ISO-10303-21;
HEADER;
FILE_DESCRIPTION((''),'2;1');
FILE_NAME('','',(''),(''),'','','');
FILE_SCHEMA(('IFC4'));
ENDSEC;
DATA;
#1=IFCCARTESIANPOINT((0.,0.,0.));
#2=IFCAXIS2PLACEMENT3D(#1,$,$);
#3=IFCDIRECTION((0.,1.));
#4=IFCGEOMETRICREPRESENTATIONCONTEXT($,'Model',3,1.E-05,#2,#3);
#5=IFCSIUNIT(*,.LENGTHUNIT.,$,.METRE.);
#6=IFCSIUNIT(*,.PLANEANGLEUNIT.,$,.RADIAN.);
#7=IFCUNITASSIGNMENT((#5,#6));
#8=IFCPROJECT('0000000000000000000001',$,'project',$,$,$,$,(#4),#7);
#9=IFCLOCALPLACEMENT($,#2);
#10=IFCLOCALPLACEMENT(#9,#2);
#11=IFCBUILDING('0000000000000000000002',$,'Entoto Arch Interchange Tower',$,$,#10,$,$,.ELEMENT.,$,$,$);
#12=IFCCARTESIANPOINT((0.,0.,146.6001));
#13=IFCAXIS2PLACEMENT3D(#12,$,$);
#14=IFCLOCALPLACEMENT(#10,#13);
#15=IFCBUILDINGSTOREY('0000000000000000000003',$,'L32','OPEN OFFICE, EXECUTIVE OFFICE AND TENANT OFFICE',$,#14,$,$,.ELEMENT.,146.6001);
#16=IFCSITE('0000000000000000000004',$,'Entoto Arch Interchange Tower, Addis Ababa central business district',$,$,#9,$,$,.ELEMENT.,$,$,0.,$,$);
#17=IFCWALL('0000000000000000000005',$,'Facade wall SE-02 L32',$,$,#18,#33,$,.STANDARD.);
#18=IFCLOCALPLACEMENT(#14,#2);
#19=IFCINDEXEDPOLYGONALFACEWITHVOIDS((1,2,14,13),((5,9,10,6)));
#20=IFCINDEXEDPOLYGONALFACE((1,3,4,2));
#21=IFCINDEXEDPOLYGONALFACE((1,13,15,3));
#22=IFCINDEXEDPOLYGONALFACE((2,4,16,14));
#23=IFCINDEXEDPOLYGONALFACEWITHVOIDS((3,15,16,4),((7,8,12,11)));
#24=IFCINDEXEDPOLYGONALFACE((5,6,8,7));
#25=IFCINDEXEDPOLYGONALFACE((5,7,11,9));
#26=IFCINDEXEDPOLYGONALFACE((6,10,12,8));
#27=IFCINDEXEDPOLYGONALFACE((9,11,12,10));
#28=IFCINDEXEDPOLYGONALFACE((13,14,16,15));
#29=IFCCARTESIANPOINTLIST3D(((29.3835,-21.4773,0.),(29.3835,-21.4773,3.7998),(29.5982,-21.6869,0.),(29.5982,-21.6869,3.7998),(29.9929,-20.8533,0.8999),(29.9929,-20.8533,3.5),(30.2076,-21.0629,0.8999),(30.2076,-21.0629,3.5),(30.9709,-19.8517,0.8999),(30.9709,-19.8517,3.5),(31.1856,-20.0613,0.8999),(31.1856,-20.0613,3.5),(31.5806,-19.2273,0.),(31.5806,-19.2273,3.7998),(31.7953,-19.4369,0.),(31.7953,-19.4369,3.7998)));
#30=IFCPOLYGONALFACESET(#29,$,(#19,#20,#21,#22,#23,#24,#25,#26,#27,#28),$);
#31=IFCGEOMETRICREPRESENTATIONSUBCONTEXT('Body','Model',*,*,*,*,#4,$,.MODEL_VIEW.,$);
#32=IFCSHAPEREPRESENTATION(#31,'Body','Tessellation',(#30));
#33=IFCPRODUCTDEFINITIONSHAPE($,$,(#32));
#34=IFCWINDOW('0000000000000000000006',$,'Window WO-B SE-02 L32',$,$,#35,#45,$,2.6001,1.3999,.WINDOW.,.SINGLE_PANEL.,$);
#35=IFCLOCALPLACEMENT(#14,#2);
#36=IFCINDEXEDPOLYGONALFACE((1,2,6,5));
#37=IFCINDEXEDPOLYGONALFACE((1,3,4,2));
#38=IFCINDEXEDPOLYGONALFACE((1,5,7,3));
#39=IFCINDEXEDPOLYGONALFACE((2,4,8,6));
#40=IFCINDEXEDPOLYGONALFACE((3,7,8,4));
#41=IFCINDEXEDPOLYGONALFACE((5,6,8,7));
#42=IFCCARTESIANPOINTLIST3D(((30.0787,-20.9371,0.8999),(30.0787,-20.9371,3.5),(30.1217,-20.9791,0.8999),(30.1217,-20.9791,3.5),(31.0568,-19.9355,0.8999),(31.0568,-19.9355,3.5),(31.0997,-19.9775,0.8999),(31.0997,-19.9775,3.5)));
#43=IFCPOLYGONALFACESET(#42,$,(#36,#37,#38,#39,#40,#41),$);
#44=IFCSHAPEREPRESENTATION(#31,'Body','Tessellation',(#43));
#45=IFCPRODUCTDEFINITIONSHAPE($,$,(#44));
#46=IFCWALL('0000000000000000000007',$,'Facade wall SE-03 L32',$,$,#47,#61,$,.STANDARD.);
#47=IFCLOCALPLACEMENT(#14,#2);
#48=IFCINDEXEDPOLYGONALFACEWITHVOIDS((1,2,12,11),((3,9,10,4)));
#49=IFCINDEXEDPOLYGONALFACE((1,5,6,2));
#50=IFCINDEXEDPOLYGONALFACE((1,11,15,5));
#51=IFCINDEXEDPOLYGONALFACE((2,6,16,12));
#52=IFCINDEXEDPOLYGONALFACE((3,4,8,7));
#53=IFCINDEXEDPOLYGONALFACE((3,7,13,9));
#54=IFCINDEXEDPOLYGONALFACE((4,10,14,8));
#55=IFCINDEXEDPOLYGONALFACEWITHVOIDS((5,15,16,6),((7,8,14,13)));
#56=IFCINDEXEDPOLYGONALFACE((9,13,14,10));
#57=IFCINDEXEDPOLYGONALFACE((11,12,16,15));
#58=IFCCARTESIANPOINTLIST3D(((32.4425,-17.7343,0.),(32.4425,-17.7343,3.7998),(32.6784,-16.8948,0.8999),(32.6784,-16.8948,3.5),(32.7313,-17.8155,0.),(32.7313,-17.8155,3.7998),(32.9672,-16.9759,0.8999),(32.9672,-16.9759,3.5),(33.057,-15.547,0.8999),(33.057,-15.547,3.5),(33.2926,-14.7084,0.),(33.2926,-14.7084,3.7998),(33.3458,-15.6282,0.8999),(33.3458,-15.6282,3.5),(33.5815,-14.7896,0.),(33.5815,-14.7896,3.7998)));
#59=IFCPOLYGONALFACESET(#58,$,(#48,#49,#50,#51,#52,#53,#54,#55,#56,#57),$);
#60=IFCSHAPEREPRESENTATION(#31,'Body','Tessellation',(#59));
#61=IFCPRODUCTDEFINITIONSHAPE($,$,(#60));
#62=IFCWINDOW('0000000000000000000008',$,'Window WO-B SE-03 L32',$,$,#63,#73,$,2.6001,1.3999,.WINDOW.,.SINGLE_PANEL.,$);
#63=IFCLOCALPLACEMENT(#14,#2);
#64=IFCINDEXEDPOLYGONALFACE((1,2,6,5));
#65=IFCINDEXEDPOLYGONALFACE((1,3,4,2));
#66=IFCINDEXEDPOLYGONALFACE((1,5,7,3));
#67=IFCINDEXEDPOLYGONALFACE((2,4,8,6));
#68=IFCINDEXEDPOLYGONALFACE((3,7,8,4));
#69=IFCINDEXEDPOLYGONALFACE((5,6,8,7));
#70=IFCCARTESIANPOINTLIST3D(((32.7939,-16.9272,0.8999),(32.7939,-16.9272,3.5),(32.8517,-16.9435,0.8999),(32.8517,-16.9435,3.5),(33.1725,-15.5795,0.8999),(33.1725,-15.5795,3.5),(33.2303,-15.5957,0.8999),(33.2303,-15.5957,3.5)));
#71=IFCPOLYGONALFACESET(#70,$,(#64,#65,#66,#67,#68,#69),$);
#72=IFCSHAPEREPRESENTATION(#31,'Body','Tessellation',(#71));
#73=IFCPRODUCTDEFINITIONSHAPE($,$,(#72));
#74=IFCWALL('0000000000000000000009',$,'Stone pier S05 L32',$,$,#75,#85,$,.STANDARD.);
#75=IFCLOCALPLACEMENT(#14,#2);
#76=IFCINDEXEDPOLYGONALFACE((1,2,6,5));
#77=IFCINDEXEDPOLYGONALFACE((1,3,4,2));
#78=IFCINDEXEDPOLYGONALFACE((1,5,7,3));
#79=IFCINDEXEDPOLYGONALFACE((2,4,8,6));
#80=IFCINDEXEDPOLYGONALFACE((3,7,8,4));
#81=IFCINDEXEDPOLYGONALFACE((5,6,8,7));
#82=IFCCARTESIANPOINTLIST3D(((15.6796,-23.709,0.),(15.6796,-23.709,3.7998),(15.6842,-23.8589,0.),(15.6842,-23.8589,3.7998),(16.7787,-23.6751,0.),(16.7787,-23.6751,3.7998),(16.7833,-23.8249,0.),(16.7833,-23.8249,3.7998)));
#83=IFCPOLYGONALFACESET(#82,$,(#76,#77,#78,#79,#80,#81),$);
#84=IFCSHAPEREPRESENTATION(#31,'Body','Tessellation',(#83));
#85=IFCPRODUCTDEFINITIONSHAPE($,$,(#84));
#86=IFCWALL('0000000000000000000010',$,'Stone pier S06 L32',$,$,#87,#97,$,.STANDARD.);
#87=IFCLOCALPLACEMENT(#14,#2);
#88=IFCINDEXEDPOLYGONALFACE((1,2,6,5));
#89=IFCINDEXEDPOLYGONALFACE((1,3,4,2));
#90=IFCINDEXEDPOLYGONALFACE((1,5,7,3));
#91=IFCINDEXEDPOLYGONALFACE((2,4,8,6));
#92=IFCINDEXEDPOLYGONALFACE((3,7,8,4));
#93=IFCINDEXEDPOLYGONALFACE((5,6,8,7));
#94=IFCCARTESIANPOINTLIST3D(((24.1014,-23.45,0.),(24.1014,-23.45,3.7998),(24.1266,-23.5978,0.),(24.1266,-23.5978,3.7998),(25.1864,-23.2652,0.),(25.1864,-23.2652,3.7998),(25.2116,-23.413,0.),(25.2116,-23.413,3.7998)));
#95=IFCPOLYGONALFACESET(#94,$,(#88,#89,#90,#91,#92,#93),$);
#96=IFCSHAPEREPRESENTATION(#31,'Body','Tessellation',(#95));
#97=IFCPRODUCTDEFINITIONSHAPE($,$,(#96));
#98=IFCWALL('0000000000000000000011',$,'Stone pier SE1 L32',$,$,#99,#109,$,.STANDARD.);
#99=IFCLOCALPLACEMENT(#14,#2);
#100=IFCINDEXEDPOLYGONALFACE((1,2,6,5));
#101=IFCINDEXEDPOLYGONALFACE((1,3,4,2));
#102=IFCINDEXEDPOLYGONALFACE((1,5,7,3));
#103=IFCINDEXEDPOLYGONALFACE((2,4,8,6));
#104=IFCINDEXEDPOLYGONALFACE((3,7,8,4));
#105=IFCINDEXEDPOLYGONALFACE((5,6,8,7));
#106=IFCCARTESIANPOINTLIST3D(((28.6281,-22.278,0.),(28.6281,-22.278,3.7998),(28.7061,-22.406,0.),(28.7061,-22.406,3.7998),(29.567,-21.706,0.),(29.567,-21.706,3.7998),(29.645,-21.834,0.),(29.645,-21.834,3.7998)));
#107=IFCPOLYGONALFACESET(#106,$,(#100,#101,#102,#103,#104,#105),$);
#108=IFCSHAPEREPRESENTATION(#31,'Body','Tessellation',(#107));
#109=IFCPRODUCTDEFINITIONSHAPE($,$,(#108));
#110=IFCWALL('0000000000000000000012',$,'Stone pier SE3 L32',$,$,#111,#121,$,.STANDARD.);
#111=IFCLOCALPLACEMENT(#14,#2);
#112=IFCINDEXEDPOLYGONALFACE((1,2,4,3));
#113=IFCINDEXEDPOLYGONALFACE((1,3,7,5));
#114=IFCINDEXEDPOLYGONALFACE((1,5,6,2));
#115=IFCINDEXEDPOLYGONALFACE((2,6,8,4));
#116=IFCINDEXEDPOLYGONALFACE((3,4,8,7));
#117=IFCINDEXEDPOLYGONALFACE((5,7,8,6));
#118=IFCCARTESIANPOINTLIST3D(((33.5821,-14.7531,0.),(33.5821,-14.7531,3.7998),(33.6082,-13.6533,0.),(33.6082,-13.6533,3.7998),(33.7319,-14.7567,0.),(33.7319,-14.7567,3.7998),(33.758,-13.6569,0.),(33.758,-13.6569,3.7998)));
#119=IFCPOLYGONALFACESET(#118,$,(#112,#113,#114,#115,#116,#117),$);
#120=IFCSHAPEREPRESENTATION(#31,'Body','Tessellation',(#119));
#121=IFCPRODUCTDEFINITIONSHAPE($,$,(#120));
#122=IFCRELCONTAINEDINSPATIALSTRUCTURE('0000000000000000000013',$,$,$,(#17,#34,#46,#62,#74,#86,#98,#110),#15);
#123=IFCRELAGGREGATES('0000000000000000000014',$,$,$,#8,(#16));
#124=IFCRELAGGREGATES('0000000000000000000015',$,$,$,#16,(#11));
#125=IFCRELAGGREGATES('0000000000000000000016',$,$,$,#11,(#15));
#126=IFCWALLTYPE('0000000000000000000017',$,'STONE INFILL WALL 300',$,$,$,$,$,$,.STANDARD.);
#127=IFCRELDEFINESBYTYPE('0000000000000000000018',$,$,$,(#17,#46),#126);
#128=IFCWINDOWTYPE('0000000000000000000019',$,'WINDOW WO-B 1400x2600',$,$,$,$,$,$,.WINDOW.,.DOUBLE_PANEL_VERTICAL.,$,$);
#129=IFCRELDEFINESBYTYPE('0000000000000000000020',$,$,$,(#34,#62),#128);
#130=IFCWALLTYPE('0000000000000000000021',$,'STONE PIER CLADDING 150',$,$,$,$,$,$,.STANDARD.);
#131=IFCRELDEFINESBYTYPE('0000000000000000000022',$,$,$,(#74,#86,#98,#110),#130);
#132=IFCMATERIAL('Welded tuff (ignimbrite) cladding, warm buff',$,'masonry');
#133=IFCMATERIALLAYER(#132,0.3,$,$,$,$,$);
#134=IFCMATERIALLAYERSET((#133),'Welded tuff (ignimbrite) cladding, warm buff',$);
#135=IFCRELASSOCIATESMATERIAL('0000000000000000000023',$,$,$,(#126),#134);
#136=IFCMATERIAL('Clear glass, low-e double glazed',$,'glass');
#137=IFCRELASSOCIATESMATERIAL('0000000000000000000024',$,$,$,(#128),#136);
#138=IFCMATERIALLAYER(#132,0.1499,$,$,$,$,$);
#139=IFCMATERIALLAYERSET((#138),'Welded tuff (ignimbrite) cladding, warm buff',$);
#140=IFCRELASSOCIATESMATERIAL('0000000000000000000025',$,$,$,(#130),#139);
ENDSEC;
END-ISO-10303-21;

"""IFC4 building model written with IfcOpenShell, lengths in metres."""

from ifc_helpers import new_model, si_unit, direction, frame, frame_2d, origin, place, context, subcontext, project, spatial, rectangle, extrude, material, layer, layer_set, type_object, element, fill, save


model = new_model("IFC4")

# Units and contexts
model_context = context("Model", 3, precision=1e-05, world=origin(), true_north=direction((0.0, 1.0)))
body_context = subcontext(model_context, "Body", "Model", "MODEL_VIEW")
ifc_project = project(units=[si_unit("LENGTHUNIT", "METRE"), si_unit("PLANEANGLEUNIT", "RADIAN")], contexts=[model_context])

# Site, building, storey
site_placement = place(None, origin())
site = spatial("IfcSite", under=ifc_project, at=site_placement, Name="Entoto Arch Interchange Tower, Addis Ababa central business district", CompositionType="ELEMENT", RefElevation=0.0)
building_placement = place(site_placement, origin())
building = spatial("IfcBuilding", under=site, at=building_placement, Name="Entoto Arch Interchange Tower", CompositionType="ELEMENT")
storey_placement = place(building_placement, frame((0.0, 0.0, 146.6001)))
storey = spatial("IfcBuildingStorey", under=building, at=storey_placement, Name="L32", Description="OPEN OFFICE, EXECUTIVE OFFICE AND TENANT OFFICE", CompositionType="ELEMENT", Elevation=146.6001)

# Shared definitions
ifc_material_1 = material(Name="Welded tuff (ignimbrite) cladding, warm buff", Category="masonry")
ifc_layer_1 = layer(ifc_material_1, 0.3)
ifc_layer_set_1 = layer_set([ifc_layer_1], Name="Welded tuff (ignimbrite) cladding, warm buff")
wall_type_1 = type_object("IfcWallType", Name="STONE INFILL WALL 300", PredefinedType="STANDARD", material=ifc_layer_set_1)
ifc_material_2 = material(Name="Clear glass, low-e double glazed", Category="glass")

# Walls, openings, windows
window_type_1 = type_object("IfcWindowType", Name="WINDOW WO-B 1400x2600", PartitioningType="DOUBLE_PANEL_VERTICAL", PredefinedType="WINDOW", material=ifc_material_2)
wall_1_placement = place(storey_placement, frame((29.491, -21.582, 0.0), z_axis=(0.0, 0.0, 1.0), x_axis=(0.698633, 0.71548, 0.0)))
wall_1 = element("IfcWall", 1, at=wall_1_placement, inside=storey, type_object=wall_type_1, Name="Facade wall SE-02 L32", PredefinedType="STANDARD", context=body_context, shape_type="SweptSolid", body=[
    extrude(rectangle(XDim=3.1448, YDim=0.3, at=frame_2d((1.5723, 0.0))), origin(), (0.0, 0.0, 1.0), 3.7998),
])
opening_1_placement = place(wall_1_placement, frame((0.8721, 0.0, 0.8999)))
opening_1 = element("IfcOpeningElement", 2, at=opening_1_placement, cuts=wall_1, PredefinedType="OPENING", context=body_context, shape_type="SweptSolid", body=[
    extrude(rectangle(XDim=1.3999, YDim=2.6001, at=frame_2d((0.7, 1.3))), frame((0.0, 0.1602, 0.0), z_axis=(0.0, -1.0, 0.0), x_axis=(1.0, 0.0, 0.0)), (0.0, 0.0, 1.0), 0.3201),
])
window_1_placement = place(opening_1_placement, origin())
window_1 = element("IfcWindow", 3, at=window_1_placement, inside=storey, type_object=window_type_1, Name="Window WO-B SE-02 L32", OverallHeight=2.6001, OverallWidth=1.3999, PartitioningType="SINGLE_PANEL", PredefinedType="WINDOW", context=body_context, shape_type="SweptSolid", body=[
    extrude(rectangle(XDim=1.3999, YDim=2.6001, at=frame_2d((0.7, 1.3))), frame((0.0, 0.03, 0.0), z_axis=(0.0, -1.0, 0.0), x_axis=(1.0, 0.0, 0.0)), (0.0, 0.0, 1.0), 0.0601),
])
fill(opening_1, window_1)
wall_2_placement = place(storey_placement, frame((32.5869, -17.7749, 0.0), z_axis=(0.0, 0.0, 1.0), x_axis=(0.270471, 0.962728, 0.0)))
wall_2 = element("IfcWall", 4, at=wall_2_placement, inside=storey, type_object=wall_type_1, Name="Facade wall SE-03 L32", PredefinedType="STANDARD", context=body_context, shape_type="SweptSolid", body=[
    extrude(rectangle(XDim=3.1431, YDim=0.3, at=frame_2d((1.5715, 0.0))), origin(), (0.0, 0.0, 1.0), 3.7998),
])
opening_2_placement = place(wall_2_placement, frame((0.8721, 0.0, 0.8999)))
opening_2 = element("IfcOpeningElement", 5, at=opening_2_placement, cuts=wall_2, PredefinedType="OPENING", context=body_context, shape_type="SweptSolid", body=[
    extrude(rectangle(XDim=1.3999, YDim=2.6001, at=frame_2d((0.7, 1.3))), frame((0.0, 0.1602, 0.0), z_axis=(0.0, -1.0, 0.0), x_axis=(1.0, 0.0, 0.0)), (0.0, 0.0, 1.0), 0.3201),
])
window_2_placement = place(opening_2_placement, origin())
window_2 = element("IfcWindow", 6, at=window_2_placement, inside=storey, type_object=window_type_1, Name="Window WO-B SE-03 L32", OverallHeight=2.6001, OverallWidth=1.3999, PartitioningType="SINGLE_PANEL", PredefinedType="WINDOW", context=body_context, shape_type="SweptSolid", body=[
    extrude(rectangle(XDim=1.3999, YDim=2.6001, at=frame_2d((0.7, 1.3))), frame((0.0, 0.03, 0.0), z_axis=(0.0, -1.0, 0.0), x_axis=(1.0, 0.0, 0.0)), (0.0, 0.0, 1.0), 0.0601),
])
fill(opening_2, window_2)

# Walls
ifc_layer_2 = layer(ifc_material_1, 0.1499)
ifc_layer_set_2 = layer_set([ifc_layer_2], Name="Welded tuff (ignimbrite) cladding, warm buff")
wall_type_2 = type_object("IfcWallType", Name="STONE PIER CLADDING 150", PredefinedType="STANDARD", material=ifc_layer_set_2)
wall_3_placement = place(storey_placement, frame((15.6819, -23.7839, 0.0), z_axis=(0.0, 0.0, 1.0), x_axis=(0.999524, 0.03086, 0.0)))
element("IfcWall", 7, at=wall_3_placement, inside=storey, type_object=wall_type_2, Name="Stone pier S05 L32", PredefinedType="STANDARD", context=body_context, shape_type="SweptSolid", body=[
    extrude(rectangle(XDim=1.0996, YDim=0.1499, at=frame_2d((0.5498, 0.0))), origin(), (0.0, 0.0, 1.0), 3.7998),
])
wall_4_placement = place(storey_placement, frame((24.114, -23.5239, 0.0), z_axis=(0.0, 0.0, 1.0), x_axis=(0.9858, 0.167923, 0.0)))
element("IfcWall", 8, at=wall_4_placement, inside=storey, type_object=wall_type_2, Name="Stone pier S06 L32", PredefinedType="STANDARD", context=body_context, shape_type="SweptSolid", body=[
    extrude(rectangle(XDim=1.1006, YDim=0.1499, at=frame_2d((0.5503, 0.0))), origin(), (0.0, 0.0, 1.0), 3.7998),
])
wall_5_placement = place(storey_placement, frame((28.667, -22.342, 0.0), z_axis=(0.0, 0.0, 1.0), x_axis=(0.854006, 0.520264, 0.0)))
element("IfcWall", 9, at=wall_5_placement, inside=storey, type_object=wall_type_2, Name="Stone pier SE1 L32", PredefinedType="STANDARD", context=body_context, shape_type="SweptSolid", body=[
    extrude(rectangle(XDim=1.0994, YDim=0.1499, at=frame_2d((0.5498, 0.0))), origin(), (0.0, 0.0, 1.0), 3.7998),
])
wall_6_placement = place(storey_placement, frame((33.657, -14.7549, 0.0), z_axis=(0.0, 0.0, 1.0), x_axis=(0.023745, 0.999718, 0.0)))
element("IfcWall", 10, at=wall_6_placement, inside=storey, type_object=wall_type_2, Name="Stone pier SE3 L32", PredefinedType="STANDARD", context=body_context, shape_type="SweptSolid", body=[
    extrude(rectangle(XDim=1.1001, YDim=0.1499, at=frame_2d((0.55, 0.0))), origin(), (0.0, 0.0, 1.0), 3.7998),
])

save(model, "model.ifc")
